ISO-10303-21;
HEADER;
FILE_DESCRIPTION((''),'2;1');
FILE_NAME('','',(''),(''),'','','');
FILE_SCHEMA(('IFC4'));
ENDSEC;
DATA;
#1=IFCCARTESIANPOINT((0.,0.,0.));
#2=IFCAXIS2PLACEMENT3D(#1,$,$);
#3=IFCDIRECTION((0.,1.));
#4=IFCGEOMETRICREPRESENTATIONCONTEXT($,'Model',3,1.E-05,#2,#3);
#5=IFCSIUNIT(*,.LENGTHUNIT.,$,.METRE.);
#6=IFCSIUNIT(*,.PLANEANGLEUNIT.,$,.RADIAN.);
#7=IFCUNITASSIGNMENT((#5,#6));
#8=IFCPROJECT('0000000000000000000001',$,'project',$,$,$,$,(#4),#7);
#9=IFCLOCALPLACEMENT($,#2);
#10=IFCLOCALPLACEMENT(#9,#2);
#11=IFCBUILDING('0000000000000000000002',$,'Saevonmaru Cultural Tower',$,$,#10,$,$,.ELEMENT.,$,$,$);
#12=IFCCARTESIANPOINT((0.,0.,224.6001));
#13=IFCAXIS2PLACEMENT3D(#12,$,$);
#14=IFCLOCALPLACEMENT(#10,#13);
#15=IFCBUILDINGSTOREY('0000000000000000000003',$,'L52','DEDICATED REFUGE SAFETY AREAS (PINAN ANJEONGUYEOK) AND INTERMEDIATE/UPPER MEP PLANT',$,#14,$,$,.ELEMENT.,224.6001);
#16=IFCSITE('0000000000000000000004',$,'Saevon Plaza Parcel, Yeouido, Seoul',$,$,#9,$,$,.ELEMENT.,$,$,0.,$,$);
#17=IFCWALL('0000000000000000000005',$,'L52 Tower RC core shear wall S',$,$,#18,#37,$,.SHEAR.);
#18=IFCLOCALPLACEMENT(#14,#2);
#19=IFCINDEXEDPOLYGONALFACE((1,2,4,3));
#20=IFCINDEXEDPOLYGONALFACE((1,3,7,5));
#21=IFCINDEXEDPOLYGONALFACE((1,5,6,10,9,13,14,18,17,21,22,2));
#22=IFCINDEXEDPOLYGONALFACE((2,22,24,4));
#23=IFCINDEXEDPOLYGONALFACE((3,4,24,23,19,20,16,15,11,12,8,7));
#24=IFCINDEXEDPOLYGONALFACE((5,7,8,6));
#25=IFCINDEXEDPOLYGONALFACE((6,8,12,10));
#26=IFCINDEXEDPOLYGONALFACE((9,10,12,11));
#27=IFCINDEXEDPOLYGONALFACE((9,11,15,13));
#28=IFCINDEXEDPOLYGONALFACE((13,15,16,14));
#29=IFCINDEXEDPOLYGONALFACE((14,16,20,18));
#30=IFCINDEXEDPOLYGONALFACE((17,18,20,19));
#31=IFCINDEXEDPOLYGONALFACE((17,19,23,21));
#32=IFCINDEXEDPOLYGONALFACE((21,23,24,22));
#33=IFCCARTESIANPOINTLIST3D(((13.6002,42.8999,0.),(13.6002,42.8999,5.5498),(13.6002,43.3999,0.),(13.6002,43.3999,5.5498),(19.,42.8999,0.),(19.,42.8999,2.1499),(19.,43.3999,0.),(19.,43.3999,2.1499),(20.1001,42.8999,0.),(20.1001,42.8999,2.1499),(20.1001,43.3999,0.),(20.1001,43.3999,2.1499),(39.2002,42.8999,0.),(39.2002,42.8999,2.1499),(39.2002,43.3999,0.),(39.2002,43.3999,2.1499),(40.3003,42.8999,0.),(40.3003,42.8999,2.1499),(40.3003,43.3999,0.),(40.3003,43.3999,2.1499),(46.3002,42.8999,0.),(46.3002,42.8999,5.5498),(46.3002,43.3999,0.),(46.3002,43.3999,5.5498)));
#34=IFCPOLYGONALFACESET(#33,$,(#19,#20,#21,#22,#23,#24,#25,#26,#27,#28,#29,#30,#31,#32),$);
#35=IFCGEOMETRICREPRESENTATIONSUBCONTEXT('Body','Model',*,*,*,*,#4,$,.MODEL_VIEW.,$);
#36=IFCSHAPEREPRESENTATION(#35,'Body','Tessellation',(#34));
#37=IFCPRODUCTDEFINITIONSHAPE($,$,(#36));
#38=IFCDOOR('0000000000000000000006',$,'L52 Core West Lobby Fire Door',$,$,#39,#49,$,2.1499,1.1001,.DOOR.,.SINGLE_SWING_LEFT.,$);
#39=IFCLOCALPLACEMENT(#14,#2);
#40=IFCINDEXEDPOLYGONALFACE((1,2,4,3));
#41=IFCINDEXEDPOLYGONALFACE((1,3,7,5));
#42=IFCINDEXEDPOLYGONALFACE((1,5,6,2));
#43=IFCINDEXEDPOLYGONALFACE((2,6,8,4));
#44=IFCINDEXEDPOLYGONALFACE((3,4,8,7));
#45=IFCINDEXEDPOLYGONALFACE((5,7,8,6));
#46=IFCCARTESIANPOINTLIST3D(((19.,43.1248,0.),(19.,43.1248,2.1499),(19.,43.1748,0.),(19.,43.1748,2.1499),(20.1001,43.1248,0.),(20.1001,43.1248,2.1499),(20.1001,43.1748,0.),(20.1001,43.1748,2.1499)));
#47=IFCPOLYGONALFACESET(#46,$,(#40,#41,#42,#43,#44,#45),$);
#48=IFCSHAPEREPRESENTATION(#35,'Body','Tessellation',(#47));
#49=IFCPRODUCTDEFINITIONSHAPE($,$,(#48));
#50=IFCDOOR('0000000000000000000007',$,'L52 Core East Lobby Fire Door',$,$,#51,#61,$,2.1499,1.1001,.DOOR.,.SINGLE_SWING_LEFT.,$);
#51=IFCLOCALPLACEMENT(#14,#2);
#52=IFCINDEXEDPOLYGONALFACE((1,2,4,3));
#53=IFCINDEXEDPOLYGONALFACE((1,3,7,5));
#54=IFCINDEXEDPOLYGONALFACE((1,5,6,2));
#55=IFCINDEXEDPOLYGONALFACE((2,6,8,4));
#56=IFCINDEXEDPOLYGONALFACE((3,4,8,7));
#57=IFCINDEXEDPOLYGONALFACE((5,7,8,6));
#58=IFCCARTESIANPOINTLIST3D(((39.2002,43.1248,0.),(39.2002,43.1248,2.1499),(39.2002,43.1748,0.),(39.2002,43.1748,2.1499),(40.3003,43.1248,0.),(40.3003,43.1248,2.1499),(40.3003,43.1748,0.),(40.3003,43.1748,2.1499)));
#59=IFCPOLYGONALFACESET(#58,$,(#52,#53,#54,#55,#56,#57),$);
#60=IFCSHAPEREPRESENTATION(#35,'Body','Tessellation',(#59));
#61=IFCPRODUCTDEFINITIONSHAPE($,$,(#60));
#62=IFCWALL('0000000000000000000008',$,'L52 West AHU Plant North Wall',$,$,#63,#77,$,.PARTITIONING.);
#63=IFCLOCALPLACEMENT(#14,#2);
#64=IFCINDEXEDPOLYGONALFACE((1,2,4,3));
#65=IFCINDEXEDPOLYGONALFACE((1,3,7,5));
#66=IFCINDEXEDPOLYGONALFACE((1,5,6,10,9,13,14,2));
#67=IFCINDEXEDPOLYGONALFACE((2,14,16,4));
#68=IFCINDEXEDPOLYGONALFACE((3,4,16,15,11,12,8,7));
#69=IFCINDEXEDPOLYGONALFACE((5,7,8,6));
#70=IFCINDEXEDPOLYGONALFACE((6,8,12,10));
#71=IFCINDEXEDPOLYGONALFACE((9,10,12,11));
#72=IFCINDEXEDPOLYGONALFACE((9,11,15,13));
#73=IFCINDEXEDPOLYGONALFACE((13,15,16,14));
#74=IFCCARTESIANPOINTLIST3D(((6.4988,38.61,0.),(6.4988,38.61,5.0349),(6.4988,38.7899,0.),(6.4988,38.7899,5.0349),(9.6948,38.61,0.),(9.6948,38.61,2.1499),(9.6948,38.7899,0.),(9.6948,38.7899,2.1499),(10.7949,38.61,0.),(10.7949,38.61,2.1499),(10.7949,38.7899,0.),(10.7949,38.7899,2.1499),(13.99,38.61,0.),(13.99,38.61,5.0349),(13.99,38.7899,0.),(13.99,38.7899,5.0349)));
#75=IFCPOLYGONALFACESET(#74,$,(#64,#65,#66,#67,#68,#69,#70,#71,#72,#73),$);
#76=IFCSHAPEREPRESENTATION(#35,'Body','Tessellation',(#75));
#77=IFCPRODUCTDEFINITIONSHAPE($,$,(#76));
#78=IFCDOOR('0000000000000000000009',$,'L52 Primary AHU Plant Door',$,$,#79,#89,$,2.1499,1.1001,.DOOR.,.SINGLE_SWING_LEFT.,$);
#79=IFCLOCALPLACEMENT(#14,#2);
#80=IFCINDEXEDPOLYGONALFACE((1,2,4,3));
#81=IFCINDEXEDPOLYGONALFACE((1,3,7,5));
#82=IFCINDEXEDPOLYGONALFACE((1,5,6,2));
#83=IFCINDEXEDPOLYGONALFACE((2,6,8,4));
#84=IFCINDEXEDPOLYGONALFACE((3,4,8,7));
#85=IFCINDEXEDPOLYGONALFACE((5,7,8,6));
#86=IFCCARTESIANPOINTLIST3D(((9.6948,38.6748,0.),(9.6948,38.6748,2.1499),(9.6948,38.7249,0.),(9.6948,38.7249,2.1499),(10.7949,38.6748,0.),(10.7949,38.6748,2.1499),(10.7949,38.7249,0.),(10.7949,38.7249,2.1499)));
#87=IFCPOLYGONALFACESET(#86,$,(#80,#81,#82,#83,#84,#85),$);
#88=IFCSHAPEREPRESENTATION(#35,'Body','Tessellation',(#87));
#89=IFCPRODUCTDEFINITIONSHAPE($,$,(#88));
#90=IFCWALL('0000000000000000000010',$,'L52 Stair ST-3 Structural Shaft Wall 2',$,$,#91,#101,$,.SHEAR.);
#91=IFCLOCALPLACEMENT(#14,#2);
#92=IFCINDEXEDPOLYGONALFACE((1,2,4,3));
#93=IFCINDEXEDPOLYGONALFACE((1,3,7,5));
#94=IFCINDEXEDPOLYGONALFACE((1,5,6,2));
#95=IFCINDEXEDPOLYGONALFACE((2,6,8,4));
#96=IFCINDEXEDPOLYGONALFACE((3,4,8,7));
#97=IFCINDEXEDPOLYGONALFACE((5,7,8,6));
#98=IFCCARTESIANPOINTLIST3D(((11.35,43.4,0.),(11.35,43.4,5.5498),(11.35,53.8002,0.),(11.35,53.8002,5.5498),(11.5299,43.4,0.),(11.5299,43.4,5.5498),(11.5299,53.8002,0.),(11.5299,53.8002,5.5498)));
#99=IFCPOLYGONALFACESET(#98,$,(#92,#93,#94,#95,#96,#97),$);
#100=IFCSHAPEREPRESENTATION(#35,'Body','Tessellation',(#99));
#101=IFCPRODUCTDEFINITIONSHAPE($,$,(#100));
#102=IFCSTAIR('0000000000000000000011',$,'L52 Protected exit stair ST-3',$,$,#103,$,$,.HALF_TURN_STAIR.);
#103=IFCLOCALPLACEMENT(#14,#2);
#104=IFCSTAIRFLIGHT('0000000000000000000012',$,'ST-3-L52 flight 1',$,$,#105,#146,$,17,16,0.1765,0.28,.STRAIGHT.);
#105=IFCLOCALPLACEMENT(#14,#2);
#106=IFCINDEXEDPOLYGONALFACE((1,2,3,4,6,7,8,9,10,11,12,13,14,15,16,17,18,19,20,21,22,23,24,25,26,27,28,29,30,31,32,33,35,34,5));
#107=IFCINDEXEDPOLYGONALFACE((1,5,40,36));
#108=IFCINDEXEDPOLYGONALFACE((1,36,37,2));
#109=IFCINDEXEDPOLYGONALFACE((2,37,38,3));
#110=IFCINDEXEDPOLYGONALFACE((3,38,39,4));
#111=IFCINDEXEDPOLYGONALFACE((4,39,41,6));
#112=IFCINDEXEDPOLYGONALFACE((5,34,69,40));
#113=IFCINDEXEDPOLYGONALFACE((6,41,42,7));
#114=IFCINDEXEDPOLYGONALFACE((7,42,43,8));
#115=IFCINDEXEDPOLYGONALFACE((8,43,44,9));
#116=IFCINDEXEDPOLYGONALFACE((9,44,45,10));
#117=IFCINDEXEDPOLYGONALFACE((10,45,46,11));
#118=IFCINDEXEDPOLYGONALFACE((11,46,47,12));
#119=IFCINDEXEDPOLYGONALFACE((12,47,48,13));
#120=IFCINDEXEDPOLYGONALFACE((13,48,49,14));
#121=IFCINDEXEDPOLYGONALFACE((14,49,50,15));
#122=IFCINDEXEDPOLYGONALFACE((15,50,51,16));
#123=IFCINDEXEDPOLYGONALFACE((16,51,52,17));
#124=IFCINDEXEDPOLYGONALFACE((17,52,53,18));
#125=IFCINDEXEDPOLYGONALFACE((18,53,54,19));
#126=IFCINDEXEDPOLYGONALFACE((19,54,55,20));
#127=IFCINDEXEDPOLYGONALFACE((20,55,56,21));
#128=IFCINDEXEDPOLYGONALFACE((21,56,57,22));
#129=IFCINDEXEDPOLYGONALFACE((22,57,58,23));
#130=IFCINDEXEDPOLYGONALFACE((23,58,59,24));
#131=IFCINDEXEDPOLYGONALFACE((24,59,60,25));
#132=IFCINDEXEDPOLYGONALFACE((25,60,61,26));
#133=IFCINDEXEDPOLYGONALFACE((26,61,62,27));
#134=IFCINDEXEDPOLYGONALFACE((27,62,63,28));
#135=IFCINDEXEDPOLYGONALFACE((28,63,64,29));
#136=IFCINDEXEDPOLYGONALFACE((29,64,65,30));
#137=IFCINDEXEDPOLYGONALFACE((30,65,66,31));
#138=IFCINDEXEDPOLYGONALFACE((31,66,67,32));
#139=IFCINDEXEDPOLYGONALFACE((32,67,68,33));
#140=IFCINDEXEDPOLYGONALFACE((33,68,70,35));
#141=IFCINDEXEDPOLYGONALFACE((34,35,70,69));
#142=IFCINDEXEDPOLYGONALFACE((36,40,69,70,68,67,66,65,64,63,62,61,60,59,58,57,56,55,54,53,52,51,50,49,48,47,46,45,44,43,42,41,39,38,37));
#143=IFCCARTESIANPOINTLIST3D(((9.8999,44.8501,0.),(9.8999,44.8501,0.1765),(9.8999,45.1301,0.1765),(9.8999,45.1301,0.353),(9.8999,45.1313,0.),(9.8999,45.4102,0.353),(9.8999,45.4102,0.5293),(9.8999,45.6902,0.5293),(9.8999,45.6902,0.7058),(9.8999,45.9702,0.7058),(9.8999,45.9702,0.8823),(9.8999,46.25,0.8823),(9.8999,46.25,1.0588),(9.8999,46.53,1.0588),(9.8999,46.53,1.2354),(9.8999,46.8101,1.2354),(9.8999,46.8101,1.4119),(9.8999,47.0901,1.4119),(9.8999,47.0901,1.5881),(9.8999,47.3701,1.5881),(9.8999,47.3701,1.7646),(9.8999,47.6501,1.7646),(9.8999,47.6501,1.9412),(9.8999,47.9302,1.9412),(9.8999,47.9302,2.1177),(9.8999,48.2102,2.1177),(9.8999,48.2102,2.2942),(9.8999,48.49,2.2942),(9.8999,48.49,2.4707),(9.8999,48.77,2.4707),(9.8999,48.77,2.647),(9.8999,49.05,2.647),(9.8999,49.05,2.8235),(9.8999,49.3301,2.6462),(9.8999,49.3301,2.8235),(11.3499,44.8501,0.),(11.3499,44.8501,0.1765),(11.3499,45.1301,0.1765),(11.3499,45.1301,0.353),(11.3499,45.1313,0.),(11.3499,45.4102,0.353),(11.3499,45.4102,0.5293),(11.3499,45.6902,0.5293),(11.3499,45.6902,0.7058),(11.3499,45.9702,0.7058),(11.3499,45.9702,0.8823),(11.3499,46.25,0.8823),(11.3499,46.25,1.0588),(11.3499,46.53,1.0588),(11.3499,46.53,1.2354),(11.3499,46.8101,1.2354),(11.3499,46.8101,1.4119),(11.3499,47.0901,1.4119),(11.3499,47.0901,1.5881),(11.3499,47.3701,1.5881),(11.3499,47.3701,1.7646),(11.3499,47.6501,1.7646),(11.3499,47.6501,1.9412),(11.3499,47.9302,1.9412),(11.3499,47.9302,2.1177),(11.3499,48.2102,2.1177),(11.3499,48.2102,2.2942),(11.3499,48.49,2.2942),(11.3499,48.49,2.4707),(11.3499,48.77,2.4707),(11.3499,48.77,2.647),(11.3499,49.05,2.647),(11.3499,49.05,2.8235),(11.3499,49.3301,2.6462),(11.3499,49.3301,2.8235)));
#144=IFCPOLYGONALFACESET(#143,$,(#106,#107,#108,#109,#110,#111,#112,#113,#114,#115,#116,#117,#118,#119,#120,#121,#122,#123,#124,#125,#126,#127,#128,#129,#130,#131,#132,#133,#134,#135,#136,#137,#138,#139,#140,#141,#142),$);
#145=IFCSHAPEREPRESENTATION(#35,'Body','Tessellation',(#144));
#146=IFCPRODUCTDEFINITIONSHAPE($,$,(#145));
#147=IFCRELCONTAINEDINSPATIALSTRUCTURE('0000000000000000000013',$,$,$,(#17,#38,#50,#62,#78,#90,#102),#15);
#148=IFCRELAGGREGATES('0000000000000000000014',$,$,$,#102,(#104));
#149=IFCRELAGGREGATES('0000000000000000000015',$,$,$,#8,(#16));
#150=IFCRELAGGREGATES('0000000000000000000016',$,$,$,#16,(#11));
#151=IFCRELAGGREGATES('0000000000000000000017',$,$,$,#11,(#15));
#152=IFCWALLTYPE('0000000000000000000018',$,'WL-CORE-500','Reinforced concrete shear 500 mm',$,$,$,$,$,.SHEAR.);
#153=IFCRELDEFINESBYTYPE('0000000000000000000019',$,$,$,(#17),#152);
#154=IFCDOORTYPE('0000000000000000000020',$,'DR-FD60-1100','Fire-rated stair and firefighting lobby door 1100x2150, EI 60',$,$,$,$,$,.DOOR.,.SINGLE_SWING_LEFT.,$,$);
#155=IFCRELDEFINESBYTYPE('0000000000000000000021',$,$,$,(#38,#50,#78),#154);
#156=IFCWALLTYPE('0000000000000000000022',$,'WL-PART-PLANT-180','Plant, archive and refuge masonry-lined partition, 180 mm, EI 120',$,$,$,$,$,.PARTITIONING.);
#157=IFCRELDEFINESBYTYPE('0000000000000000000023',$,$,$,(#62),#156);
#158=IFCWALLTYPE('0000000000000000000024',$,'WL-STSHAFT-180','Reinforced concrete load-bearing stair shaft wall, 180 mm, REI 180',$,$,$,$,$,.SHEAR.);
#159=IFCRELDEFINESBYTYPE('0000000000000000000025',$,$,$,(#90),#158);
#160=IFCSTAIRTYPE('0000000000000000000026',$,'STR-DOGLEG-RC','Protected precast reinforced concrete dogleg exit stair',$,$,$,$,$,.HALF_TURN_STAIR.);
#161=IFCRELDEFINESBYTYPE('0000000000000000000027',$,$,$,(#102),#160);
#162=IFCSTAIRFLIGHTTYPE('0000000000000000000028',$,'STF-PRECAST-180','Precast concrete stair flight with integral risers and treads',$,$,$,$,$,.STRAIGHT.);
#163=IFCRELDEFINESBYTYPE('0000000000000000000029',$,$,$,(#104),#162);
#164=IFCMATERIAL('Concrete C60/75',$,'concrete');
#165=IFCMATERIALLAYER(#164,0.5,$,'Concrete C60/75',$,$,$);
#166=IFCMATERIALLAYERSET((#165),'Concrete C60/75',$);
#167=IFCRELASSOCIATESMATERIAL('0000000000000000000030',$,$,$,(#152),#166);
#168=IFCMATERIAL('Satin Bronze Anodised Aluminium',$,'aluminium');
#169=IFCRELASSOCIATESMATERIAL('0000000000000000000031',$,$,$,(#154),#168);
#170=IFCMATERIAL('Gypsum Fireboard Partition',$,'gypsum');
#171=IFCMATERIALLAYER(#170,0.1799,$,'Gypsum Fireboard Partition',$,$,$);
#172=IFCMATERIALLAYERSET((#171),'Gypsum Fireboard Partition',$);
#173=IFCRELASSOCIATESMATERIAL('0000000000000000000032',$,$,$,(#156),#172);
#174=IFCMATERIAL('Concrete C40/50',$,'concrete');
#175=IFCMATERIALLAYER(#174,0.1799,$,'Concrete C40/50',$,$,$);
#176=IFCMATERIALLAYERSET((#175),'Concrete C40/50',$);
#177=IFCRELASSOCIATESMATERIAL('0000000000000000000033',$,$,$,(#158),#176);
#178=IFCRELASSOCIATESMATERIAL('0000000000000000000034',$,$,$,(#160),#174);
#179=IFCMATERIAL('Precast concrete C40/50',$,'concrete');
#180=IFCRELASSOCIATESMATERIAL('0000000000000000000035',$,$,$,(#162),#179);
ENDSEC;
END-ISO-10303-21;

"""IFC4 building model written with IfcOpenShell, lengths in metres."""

from ifc_helpers import new_model, si_unit, direction, frame, frame_2d, origin, place, context, subcontext, project, spatial, polyline, rectangle, outline, extrude, material, layer, layer_set, type_object, element, fill, aggregate, save


model = new_model("IFC4")

# Units and contexts
model_context = context("Model", 3, precision=1e-05, world=origin(), true_north=direction((0.0, 1.0)))
body_context = subcontext(model_context, "Body", "Model", "MODEL_VIEW")
ifc_project = project(units=[si_unit("LENGTHUNIT", "METRE"), si_unit("PLANEANGLEUNIT", "RADIAN")], contexts=[model_context])

# Site, building, storey
site_placement = place(None, origin())
site = spatial("IfcSite", under=ifc_project, at=site_placement, Name="Saevon Plaza Parcel, Yeouido, Seoul", CompositionType="ELEMENT", RefElevation=0.0)
building_placement = place(site_placement, origin())
building = spatial("IfcBuilding", under=site, at=building_placement, Name="Saevonmaru Cultural Tower", CompositionType="ELEMENT")
storey_placement = place(building_placement, frame((0.0, 0.0, 224.6001)))
storey = spatial("IfcBuildingStorey", under=building, at=storey_placement, Name="L52", Description="DEDICATED REFUGE SAFETY AREAS (PINAN ANJEONGUYEOK) AND INTERMEDIATE/UPPER MEP PLANT", CompositionType="ELEMENT", Elevation=224.6001)

# Shared definitions
ifc_material_1 = material(Name="Satin Bronze Anodised Aluminium", Category="aluminium")

# Wall, openings, doors
ifc_material_2 = material(Name="Concrete C60/75", Category="concrete")
ifc_layer_1 = layer(ifc_material_2, 0.5, Name="Concrete C60/75")
ifc_layer_set_1 = layer_set([ifc_layer_1], Name="Concrete C60/75")
wall_type_1 = type_object("IfcWallType", Name="WL-CORE-500", Description="Reinforced concrete shear 500 mm", PredefinedType="SHEAR", material=ifc_layer_set_1)
wall_1_placement = place(storey_placement, frame((13.6001, 43.1499, 0.0), z_axis=(0.0, 0.0, 1.0), x_axis=(1.0, 0.0, 0.0)))
wall_1 = element("IfcWall", 1, at=wall_1_placement, inside=storey, type_object=wall_type_1, Name="L52 Tower RC core shear wall S", PredefinedType="SHEAR", context=body_context, shape_type="SweptSolid", body=[
    extrude(rectangle(XDim=32.7, YDim=0.5, at=frame_2d((16.3501, 0.0))), origin(), (0.0, 0.0, 1.0), 5.5498),
])
opening_1_placement = place(wall_1_placement, frame((5.3999, 0.0, 0.0)))
opening_1 = element("IfcOpeningElement", 2, at=opening_1_placement, cuts=wall_1, PredefinedType="OPENING", context=body_context, shape_type="SweptSolid", body=[
    extrude(rectangle(XDim=1.1001, YDim=2.1499, at=frame_2d((0.55, 1.075))), frame((0.0, 0.26, 0.0), z_axis=(0.0, -1.0, 0.0), x_axis=(1.0, 0.0, 0.0)), (0.0, 0.0, 1.0), 0.52),
])
opening_2_placement = place(wall_1_placement, frame((25.6001, 0.0, 0.0)))
opening_2 = element("IfcOpeningElement", 3, at=opening_2_placement, cuts=wall_1, PredefinedType="OPENING", context=body_context, shape_type="SweptSolid", body=[
    extrude(rectangle(XDim=1.1001, YDim=2.1499, at=frame_2d((0.55, 1.075))), frame((0.0, 0.26, 0.0), z_axis=(0.0, -1.0, 0.0), x_axis=(1.0, 0.0, 0.0)), (0.0, 0.0, 1.0), 0.52),
])
door_type = type_object("IfcDoorType", Name="DR-FD60-1100", Description="Fire-rated stair and firefighting lobby door 1100x2150, EI 60", OperationType="SINGLE_SWING_LEFT", PredefinedType="DOOR", material=ifc_material_1)
door_1_placement = place(opening_1_placement, origin())
door_1 = element("IfcDoor", 4, at=door_1_placement, inside=storey, type_object=door_type, Name="L52 Core West Lobby Fire Door", OperationType="SINGLE_SWING_LEFT", OverallHeight=2.1499, OverallWidth=1.1001, PredefinedType="DOOR", context=body_context, shape_type="SweptSolid", body=[
    extrude(rectangle(XDim=1.1001, YDim=2.1499, at=frame_2d((0.55, 1.075))), frame((0.0, 0.0249, 0.0), z_axis=(0.0, -1.0, 0.0), x_axis=(1.0, 0.0, 0.0)), (0.0, 0.0, 1.0), 0.05),
])
fill(opening_1, door_1)
door_2_placement = place(opening_2_placement, origin())
door_2 = element("IfcDoor", 5, at=door_2_placement, inside=storey, type_object=door_type, Name="L52 Core East Lobby Fire Door", OperationType="SINGLE_SWING_LEFT", OverallHeight=2.1499, OverallWidth=1.1001, PredefinedType="DOOR", context=body_context, shape_type="SweptSolid", body=[
    extrude(rectangle(XDim=1.1001, YDim=2.1499, at=frame_2d((0.55, 1.075))), frame((0.0, 0.0249, 0.0), z_axis=(0.0, -1.0, 0.0), x_axis=(1.0, 0.0, 0.0)), (0.0, 0.0, 1.0), 0.05),
])
fill(opening_2, door_2)

# Wall, opening, door
ifc_material_3 = material(Name="Gypsum Fireboard Partition", Category="gypsum")
ifc_layer_2 = layer(ifc_material_3, 0.1799, Name="Gypsum Fireboard Partition")
ifc_layer_set_2 = layer_set([ifc_layer_2], Name="Gypsum Fireboard Partition")
wall_type_2 = type_object("IfcWallType", Name="WL-PART-PLANT-180", Description="Plant, archive and refuge masonry-lined partition, 180 mm, EI 120", PredefinedType="PARTITIONING", material=ifc_layer_set_2)
wall_2_placement = place(storey_placement, frame((6.4988, 38.7, 0.0), z_axis=(0.0, 0.0, 1.0), x_axis=(1.0, 0.0, 0.0)))
wall_2 = element("IfcWall", 6, at=wall_2_placement, inside=storey, type_object=wall_type_2, Name="L52 West AHU Plant North Wall", PredefinedType="PARTITIONING", context=body_context, shape_type="SweptSolid", body=[
    extrude(rectangle(XDim=7.4912, YDim=0.1799, at=frame_2d((3.7456, 0.0))), origin(), (0.0, 0.0, 1.0), 5.0349),
])
opening_3_placement = place(wall_2_placement, frame((3.196, 0.0, 0.0)))
opening_3 = element("IfcOpeningElement", 7, at=opening_3_placement, cuts=wall_2, PredefinedType="OPENING", context=body_context, shape_type="SweptSolid", body=[
    extrude(rectangle(XDim=1.1001, YDim=2.1499, at=frame_2d((0.55, 1.075))), frame((0.0, 0.1001, 0.0), z_axis=(0.0, -1.0, 0.0), x_axis=(1.0, 0.0, 0.0)), (0.0, 0.0, 1.0), 0.2),
])
door_3_placement = place(opening_3_placement, origin())
door_3 = element("IfcDoor", 8, at=door_3_placement, inside=storey, type_object=door_type, Name="L52 Primary AHU Plant Door", OperationType="SINGLE_SWING_LEFT", OverallHeight=2.1499, OverallWidth=1.1001, PredefinedType="DOOR", context=body_context, shape_type="SweptSolid", body=[
    extrude(rectangle(XDim=1.1001, YDim=2.1499, at=frame_2d((0.55, 1.075))), frame((0.0, 0.0249, 0.0), z_axis=(0.0, -1.0, 0.0), x_axis=(1.0, 0.0, 0.0)), (0.0, 0.0, 1.0), 0.05),
])
fill(opening_3, door_3)
ifc_material_4 = material(Name="Concrete C40/50", Category="concrete")
ifc_layer_3 = layer(ifc_material_4, 0.1799, Name="Concrete C40/50")
ifc_layer_set_3 = layer_set([ifc_layer_3], Name="Concrete C40/50")
wall_type_3 = type_object("IfcWallType", Name="WL-STSHAFT-180", Description="Reinforced concrete load-bearing stair shaft wall, 180 mm, REI 180", PredefinedType="SHEAR", material=ifc_layer_set_3)

# Wall
wall_3_placement = place(storey_placement, frame((11.4399, 43.3999, 0.0), z_axis=(0.0, 0.0, 1.0), x_axis=(0.0, 1.0, 0.0)))
element("IfcWall", 9, at=wall_3_placement, inside=storey, type_object=wall_type_3, Name="L52 Stair ST-3 Structural Shaft Wall 2", PredefinedType="SHEAR", context=body_context, shape_type="SweptSolid", body=[
    extrude(rectangle(XDim=10.4001, YDim=0.1799, at=frame_2d((5.2002, 0.0))), origin(), (0.0, 0.0, 1.0), 5.5498),
])

# Stair, stair flight
stair_type = type_object("IfcStairType", Name="STR-DOGLEG-RC", Description="Protected precast reinforced concrete dogleg exit stair", PredefinedType="HALF_TURN_STAIR", material=ifc_material_4)
stair_placement = place(storey_placement, origin())
stair = element("IfcStair", 10, at=stair_placement, inside=storey, type_object=stair_type, Name="L52 Protected exit stair ST-3", PredefinedType="HALF_TURN_STAIR")
ifc_material_5 = material(Name="Precast concrete C40/50", Category="concrete")
stair_flight_type = type_object("IfcStairFlightType", Name="STF-PRECAST-180", Description="Precast concrete stair flight with integral risers and treads", PredefinedType="STRAIGHT", material=ifc_material_5)
stair_flight_1_placement = place(storey_placement, frame((10.625, 44.8501, 0.0), z_axis=(0.0, 0.0, 1.0), x_axis=(0.0, 1.0, 0.0)))
stair_flight_1 = element("IfcStairFlight", 11, at=stair_flight_1_placement, type_object=stair_flight_type, Name="ST-3-L52 flight 1", NumberOfRisers=17, NumberOfTreads=16, PredefinedType="STRAIGHT", RiserHeight=0.1765, TreadLength=0.28, context=body_context, shape_type="SweptSolid", body=[
    extrude(outline(polyline([(0.0, 0.0), (0.0, 0.1765), (0.28, 0.1765), (0.28, 0.353), (0.5601, 0.353), (0.5601, 0.5293), (0.8401, 0.5293), (0.8401, 0.7058), (1.1201, 0.7058), (1.1201, 0.8823), (1.3999, 0.8823), (1.3999, 1.0588), (1.6799, 1.0588), (1.6799, 1.2354), (1.96, 1.2354), (1.96, 1.4119), (2.24, 1.4119), (2.24, 1.5881), (2.52, 1.5881), (2.52, 1.7646), (2.8, 1.7646), (2.8, 1.9412), (3.0801, 1.9412), (3.0801, 2.1177), (3.3601, 2.1177), (3.3601, 2.2942), (3.6399, 2.2942), (3.6399, 2.4707), (3.9199, 2.4707), (3.9199, 2.647), (4.2, 2.647), (4.2, 2.8235), (4.48, 2.8235), (4.48, 3.0), (4.48, 2.6462), (0.2812, 0.0), (0.0, 0.0)])), frame((0.0, 0.7251, 0.0), z_axis=(0.0, -1.0, 0.0), x_axis=(1.0, 0.0, 0.0)), (0.0, 0.0, 1.0), 1.45),
])
aggregate(stair, [stair_flight_1])

save(model, "model.ifc")
